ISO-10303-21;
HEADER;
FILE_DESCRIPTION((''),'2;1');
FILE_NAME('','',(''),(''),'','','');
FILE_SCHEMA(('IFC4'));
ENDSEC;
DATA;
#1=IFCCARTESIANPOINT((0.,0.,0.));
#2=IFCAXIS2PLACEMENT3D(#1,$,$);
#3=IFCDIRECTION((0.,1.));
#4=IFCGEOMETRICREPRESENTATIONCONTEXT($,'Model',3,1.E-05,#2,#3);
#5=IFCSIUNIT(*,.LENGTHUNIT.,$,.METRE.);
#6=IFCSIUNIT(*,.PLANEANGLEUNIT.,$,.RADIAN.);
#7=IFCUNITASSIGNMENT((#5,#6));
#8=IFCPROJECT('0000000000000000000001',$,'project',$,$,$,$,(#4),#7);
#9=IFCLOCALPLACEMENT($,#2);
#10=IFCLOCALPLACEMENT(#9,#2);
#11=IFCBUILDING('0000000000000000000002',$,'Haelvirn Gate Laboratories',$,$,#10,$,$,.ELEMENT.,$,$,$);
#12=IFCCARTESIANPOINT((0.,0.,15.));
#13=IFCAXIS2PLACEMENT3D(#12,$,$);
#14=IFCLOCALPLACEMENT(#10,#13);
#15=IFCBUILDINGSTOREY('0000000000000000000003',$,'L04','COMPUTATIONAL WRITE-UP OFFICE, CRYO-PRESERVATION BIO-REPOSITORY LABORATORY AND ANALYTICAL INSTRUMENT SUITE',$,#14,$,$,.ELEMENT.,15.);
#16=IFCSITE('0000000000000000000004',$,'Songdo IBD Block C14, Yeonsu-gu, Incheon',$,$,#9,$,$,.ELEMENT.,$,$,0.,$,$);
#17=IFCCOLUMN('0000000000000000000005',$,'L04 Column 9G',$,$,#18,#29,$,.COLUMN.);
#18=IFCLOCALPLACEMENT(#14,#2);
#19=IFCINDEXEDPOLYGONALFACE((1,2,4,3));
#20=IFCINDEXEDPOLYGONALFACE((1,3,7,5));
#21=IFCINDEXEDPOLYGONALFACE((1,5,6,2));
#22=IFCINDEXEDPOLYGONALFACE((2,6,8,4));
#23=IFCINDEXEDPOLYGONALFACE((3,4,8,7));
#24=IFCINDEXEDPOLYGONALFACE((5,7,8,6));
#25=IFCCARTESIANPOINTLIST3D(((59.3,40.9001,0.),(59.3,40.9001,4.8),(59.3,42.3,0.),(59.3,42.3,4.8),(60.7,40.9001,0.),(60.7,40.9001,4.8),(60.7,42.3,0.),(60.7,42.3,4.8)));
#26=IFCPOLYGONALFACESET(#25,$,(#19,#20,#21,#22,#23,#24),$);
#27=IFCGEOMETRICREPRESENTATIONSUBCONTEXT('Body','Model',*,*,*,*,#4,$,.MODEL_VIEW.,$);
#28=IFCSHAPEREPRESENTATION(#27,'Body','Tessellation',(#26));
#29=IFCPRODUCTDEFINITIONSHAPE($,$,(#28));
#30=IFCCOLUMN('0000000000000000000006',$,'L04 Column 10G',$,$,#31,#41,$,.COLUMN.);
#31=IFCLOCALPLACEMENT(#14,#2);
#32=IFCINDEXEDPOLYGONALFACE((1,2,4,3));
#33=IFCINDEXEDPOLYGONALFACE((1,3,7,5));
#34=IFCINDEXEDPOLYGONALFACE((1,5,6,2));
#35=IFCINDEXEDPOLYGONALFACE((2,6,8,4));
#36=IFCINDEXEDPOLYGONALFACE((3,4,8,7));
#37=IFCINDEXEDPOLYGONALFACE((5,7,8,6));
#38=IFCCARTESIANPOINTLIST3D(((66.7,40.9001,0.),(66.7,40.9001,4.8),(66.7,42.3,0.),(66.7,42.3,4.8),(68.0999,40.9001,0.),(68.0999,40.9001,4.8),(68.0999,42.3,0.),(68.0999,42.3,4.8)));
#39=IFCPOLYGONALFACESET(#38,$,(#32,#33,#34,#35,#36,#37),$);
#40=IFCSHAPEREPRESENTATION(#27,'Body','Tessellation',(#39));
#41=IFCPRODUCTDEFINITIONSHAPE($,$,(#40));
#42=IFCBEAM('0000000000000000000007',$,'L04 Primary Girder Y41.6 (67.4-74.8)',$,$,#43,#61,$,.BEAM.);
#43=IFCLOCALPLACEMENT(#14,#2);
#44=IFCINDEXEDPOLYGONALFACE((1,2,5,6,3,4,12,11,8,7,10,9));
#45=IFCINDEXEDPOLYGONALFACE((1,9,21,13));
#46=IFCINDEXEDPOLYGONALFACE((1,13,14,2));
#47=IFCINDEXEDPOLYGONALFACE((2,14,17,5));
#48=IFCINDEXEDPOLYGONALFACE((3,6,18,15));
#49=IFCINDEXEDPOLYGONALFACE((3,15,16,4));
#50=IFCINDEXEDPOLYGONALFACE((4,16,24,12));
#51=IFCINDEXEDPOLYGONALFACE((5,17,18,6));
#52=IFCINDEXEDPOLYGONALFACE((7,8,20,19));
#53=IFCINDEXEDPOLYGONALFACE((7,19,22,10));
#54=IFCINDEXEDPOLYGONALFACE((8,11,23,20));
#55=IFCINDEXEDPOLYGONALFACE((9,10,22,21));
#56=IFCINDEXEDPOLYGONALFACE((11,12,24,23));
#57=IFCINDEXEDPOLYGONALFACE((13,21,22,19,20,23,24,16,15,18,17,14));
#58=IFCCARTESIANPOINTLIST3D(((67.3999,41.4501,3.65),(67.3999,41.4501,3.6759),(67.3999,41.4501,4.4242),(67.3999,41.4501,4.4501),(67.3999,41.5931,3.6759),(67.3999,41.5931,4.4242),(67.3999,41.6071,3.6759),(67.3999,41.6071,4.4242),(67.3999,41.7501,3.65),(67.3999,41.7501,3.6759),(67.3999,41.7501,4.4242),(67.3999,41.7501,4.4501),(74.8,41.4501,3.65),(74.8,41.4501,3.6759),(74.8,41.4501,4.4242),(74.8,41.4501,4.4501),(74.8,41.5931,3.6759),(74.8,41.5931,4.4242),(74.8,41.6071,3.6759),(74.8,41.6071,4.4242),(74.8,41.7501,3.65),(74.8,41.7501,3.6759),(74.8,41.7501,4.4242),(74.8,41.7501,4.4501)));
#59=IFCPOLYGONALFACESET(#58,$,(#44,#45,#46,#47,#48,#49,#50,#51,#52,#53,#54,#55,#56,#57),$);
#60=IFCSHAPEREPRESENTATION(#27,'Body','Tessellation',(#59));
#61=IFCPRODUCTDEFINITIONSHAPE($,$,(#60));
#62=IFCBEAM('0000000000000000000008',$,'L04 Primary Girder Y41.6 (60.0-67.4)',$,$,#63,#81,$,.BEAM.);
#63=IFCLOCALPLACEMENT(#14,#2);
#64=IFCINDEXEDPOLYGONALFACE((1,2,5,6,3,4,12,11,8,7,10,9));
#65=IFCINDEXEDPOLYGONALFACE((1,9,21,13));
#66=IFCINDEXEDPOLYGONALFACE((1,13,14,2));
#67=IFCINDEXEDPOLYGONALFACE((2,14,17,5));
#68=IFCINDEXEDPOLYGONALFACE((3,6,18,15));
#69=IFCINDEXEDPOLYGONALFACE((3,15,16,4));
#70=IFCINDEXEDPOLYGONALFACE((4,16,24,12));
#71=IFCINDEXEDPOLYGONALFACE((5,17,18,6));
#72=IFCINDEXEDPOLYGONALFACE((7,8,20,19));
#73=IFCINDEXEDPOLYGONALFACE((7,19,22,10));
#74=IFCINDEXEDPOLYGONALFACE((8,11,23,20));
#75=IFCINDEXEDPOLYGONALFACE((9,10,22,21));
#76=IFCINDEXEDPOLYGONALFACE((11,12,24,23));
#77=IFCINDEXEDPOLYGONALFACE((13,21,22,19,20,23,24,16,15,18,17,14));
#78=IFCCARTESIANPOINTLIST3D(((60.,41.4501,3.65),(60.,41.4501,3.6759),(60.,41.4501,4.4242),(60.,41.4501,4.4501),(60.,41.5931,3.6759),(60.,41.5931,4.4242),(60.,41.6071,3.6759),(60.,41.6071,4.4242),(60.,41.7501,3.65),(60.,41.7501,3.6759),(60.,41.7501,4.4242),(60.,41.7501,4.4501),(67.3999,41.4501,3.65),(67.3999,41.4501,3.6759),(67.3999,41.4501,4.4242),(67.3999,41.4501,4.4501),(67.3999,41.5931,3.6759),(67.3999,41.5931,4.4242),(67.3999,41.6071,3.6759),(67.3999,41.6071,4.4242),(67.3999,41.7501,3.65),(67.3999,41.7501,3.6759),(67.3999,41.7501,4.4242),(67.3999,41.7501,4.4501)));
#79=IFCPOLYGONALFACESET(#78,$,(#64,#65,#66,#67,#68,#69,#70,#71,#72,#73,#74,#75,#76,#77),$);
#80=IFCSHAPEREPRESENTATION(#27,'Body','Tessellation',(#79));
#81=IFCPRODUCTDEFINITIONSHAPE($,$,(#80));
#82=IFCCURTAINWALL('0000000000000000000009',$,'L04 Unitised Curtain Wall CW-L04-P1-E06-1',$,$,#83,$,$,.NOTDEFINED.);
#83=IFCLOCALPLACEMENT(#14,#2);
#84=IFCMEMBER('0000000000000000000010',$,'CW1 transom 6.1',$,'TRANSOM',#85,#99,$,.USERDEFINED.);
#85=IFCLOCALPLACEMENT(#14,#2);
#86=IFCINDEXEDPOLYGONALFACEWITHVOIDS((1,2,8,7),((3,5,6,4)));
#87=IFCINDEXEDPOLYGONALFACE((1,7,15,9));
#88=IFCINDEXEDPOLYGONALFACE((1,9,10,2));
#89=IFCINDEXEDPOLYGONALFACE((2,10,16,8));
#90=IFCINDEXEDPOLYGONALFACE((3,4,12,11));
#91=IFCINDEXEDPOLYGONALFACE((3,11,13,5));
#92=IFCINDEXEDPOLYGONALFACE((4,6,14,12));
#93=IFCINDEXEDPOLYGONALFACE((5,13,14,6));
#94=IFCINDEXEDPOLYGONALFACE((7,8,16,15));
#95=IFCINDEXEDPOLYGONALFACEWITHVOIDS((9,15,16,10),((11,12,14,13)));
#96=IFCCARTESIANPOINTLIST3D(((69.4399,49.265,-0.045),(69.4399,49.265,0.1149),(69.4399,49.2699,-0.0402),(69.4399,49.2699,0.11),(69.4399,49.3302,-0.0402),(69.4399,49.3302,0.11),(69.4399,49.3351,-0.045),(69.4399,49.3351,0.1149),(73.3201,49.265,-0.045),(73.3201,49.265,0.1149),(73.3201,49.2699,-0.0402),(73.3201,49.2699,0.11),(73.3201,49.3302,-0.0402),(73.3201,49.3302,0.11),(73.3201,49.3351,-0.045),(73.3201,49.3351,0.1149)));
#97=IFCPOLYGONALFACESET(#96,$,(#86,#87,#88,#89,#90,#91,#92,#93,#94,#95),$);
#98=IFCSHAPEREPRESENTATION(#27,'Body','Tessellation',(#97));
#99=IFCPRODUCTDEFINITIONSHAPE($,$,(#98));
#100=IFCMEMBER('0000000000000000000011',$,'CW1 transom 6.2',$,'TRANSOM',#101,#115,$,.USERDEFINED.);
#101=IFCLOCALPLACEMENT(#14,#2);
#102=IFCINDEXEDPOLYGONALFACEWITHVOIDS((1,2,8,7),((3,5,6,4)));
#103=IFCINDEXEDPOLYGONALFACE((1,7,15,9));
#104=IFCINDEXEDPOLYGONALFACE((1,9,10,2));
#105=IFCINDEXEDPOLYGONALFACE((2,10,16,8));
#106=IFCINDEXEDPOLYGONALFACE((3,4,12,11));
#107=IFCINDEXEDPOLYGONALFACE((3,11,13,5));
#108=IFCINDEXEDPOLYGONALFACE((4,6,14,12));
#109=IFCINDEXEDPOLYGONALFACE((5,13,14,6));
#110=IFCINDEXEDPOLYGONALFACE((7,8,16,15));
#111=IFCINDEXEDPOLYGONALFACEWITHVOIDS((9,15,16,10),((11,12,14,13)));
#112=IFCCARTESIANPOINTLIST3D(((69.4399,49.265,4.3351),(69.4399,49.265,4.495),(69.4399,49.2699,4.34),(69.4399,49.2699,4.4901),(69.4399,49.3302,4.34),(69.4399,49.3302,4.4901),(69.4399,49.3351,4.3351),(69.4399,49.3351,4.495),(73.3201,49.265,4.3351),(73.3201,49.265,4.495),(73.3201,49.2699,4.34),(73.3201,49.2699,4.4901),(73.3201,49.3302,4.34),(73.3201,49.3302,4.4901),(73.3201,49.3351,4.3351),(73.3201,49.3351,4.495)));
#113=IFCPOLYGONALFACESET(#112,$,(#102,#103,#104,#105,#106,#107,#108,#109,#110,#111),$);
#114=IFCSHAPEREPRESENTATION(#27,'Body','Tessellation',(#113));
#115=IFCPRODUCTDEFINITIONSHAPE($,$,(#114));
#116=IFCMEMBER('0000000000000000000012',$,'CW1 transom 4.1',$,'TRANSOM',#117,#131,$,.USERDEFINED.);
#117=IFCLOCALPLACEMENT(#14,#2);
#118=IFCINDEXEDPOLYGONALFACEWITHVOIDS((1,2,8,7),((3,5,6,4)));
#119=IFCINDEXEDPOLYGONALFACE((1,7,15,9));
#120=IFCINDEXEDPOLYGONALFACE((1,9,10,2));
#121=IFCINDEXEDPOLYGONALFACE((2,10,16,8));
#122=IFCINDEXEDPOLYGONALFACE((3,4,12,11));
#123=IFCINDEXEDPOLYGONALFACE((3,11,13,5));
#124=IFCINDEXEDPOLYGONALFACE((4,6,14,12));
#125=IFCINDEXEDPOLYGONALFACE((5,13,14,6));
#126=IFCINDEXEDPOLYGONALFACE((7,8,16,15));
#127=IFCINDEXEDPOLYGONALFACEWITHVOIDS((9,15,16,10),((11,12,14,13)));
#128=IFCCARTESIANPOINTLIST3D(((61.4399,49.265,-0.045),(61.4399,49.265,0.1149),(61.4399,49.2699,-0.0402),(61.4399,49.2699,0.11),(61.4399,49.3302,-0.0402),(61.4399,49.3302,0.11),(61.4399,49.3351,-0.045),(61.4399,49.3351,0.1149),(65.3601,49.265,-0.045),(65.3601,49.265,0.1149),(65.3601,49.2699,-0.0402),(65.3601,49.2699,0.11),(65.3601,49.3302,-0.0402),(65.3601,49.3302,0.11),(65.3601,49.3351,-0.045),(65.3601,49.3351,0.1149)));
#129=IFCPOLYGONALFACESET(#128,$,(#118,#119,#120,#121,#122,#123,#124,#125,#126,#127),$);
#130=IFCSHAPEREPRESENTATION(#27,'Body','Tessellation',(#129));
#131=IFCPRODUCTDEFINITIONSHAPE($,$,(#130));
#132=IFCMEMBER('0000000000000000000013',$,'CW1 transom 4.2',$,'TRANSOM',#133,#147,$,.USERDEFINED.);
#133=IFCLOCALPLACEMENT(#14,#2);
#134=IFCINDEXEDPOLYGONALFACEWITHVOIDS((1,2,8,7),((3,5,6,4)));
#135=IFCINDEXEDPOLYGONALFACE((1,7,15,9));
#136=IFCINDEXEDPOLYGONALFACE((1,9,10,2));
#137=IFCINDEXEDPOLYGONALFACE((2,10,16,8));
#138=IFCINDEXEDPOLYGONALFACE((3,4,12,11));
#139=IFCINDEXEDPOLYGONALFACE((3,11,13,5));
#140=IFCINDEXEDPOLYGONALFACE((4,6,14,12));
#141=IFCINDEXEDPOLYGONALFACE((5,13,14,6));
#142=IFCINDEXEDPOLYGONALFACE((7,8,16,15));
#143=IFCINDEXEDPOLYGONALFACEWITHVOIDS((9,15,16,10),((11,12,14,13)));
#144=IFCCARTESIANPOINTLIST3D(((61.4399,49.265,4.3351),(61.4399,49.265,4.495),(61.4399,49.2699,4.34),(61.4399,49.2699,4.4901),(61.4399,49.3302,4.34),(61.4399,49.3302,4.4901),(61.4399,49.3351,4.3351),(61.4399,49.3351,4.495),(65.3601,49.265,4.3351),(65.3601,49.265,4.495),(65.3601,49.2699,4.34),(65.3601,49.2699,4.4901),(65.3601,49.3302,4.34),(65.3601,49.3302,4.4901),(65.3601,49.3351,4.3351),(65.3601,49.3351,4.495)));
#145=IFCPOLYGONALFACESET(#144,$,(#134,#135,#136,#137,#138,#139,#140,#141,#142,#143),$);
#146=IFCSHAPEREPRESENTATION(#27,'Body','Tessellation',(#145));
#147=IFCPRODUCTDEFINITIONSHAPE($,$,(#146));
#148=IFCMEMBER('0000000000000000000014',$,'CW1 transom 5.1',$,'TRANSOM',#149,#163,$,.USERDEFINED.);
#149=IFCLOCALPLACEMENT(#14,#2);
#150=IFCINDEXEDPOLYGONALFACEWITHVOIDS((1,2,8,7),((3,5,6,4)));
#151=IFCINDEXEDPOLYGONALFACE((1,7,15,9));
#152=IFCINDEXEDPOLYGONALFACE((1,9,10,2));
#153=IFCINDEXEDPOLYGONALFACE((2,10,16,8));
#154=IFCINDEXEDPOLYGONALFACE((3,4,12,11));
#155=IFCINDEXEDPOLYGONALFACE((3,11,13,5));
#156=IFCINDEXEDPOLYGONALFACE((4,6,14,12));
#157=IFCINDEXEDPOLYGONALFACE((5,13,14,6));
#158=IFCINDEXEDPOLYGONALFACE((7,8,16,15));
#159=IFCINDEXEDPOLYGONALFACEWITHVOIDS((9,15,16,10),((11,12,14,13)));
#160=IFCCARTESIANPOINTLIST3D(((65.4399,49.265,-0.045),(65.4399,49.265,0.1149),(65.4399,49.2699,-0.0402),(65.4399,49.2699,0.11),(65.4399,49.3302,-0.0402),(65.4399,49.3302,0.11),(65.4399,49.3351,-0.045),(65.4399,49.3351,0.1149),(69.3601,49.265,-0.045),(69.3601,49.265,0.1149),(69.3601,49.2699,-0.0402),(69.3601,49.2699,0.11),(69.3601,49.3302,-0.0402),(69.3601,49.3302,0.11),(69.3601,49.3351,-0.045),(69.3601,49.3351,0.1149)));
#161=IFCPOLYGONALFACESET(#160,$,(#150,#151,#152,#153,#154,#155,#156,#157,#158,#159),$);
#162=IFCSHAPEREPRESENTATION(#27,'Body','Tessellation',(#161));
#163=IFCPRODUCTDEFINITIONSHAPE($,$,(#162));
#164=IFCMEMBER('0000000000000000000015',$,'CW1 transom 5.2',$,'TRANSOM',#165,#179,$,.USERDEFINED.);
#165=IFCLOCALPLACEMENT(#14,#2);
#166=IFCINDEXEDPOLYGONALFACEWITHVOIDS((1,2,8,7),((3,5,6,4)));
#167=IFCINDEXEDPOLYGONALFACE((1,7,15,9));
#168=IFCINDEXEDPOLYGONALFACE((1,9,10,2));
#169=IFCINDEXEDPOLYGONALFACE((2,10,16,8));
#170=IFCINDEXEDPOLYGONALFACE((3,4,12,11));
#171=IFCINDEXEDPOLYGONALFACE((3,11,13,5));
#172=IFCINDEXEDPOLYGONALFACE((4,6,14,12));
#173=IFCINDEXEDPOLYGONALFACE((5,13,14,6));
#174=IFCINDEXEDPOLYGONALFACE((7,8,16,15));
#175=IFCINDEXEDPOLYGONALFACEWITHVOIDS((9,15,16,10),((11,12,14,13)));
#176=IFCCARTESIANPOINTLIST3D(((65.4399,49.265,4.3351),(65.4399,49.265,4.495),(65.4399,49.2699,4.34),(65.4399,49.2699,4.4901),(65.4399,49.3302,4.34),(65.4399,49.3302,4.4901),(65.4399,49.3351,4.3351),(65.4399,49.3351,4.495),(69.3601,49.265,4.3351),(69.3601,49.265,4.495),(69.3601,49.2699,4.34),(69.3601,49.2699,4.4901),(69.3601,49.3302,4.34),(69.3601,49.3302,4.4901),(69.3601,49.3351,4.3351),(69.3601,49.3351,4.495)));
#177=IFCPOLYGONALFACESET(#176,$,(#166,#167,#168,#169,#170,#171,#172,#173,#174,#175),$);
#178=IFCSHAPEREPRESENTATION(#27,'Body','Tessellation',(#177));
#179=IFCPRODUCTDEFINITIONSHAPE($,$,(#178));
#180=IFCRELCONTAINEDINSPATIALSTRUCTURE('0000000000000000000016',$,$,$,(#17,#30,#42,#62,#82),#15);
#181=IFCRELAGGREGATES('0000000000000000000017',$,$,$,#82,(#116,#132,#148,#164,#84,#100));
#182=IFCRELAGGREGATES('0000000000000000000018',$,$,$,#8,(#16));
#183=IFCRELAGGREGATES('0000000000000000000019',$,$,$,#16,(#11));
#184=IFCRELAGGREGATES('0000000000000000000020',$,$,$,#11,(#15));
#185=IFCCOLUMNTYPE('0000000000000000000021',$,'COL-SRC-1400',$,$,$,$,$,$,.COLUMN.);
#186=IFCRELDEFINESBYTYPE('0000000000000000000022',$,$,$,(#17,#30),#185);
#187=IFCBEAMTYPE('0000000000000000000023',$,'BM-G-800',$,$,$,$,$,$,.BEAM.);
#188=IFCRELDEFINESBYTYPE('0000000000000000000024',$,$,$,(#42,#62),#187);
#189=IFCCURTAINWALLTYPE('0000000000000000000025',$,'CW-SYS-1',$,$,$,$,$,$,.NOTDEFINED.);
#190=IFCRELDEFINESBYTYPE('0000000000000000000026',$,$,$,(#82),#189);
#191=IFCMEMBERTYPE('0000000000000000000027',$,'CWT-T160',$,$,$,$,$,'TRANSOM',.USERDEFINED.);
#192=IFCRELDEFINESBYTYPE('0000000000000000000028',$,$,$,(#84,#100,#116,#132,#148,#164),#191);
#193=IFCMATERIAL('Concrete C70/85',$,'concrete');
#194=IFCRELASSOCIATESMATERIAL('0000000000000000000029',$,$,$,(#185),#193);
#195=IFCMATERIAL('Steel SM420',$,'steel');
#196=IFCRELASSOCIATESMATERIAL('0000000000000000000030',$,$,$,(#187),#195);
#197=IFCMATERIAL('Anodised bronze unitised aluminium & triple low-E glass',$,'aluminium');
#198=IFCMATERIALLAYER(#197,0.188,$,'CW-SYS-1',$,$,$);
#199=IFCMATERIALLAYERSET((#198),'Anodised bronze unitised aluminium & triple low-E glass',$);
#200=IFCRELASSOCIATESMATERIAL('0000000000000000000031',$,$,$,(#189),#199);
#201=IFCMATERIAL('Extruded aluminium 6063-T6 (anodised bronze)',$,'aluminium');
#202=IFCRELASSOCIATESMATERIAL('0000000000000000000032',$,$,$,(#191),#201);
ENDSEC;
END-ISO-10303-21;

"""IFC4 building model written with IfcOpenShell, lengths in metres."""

from ifc_helpers import new_model, si_unit, direction, frame, origin, origin_2d, place, context, subcontext, project, spatial, rectangle, hollow_rectangle, i_section, extrude, source, transform, mapped, material, layer, layer_set, material_profile, profile_set, type_object, type_shapes, element, aggregate, save


model = new_model("IFC4")

# Units and contexts
model_context = context("Model", 3, precision=1e-05, world=origin(), true_north=direction((0.0, 1.0)))
body_context = subcontext(model_context, "Body", "Model", "MODEL_VIEW")
ifc_project = project(units=[si_unit("LENGTHUNIT", "METRE"), si_unit("PLANEANGLEUNIT", "RADIAN")], contexts=[model_context])

# Site, building, storey
site_placement = place(None, origin())
site = spatial("IfcSite", under=ifc_project, at=site_placement, Name="Songdo IBD Block C14, Yeonsu-gu, Incheon", CompositionType="ELEMENT", RefElevation=0.0)
building_placement = place(site_placement, origin())
building = spatial("IfcBuilding", under=site, at=building_placement, Name="Haelvirn Gate Laboratories", CompositionType="ELEMENT")
storey_placement = place(building_placement, frame((0.0, 0.0, 15.0)))
storey = spatial("IfcBuildingStorey", under=building, at=storey_placement, Name="L04", Description="COMPUTATIONAL WRITE-UP OFFICE, CRYO-PRESERVATION BIO-REPOSITORY LABORATORY AND ANALYTICAL INSTRUMENT SUITE", CompositionType="ELEMENT", Elevation=15.0)

# Columns
ifc_material_1 = material(Name="Concrete C70/85", Category="concrete")
ifc_material_profile_1 = material_profile(ifc_material_1, rectangle(XDim=1.3999, YDim=1.3999, at=origin_2d()), Name="SRC-1400x1400")
ifc_profile_set_1 = profile_set([ifc_material_profile_1], Name="Concrete C70/85")
column_type = type_object("IfcColumnType", Name="COL-SRC-1400", PredefinedType="COLUMN", material=ifc_profile_set_1)
shared_shape_1 = source(origin(), body_context, "Body", "SweptSolid", [
    extrude(rectangle(XDim=1.3999, YDim=1.3999, at=origin_2d()), origin(), (0.0, 0.0, 1.0), 4.8),
])
type_shapes(column_type, [shared_shape_1])
for number, where, z_axis, x_axis, name in (
    (1, (60.0, 41.6001, 0.0), (0.0, 0.0, 1.0), (1.0, 0.0, 0.0), "L04 Column 9G"),
    (2, (67.3999, 41.6001, 0.0), (0.0, 0.0, 1.0), (1.0, 0.0, 0.0), "L04 Column 10G"),
):
    element("IfcColumn", number, at=place(storey_placement, frame(where, z_axis=z_axis, x_axis=x_axis)), inside=storey, type_object=column_type, Name=name, PredefinedType="COLUMN", context=body_context, shape_type="MappedRepresentation", body=[
        mapped(shared_shape_1, transform((0.0, 0.0, 0.0), scale=1.0)),
    ])

# Beams
ifc_material_2 = material(Name="Steel SM420", Category="steel")
ifc_material_profile_2 = material_profile(ifc_material_2, i_section(OverallWidth=0.3, OverallDepth=0.8, WebThickness=0.0139, FlangeThickness=0.0259, at=origin_2d()), Name="H-800x300x14x26")
ifc_profile_set_2 = profile_set([ifc_material_profile_2], Name="Steel SM420")
beam_type = type_object("IfcBeamType", Name="BM-G-800", PredefinedType="BEAM", material=ifc_profile_set_2)
shared_shape_2 = source(origin(), body_context, "Body", "SweptSolid", [
    extrude(i_section(OverallWidth=0.3, OverallDepth=0.8, WebThickness=0.0139, FlangeThickness=0.0259, at=origin_2d()), origin(), (0.0, 0.0, 1.0), 7.4001),
])
beam_1_placement = place(storey_placement, frame((67.3999, 41.6001, 4.05), z_axis=(1.0, 0.0, 0.0), x_axis=(0.0, 1.0, 0.0)))
element("IfcBeam", 3, at=beam_1_placement, inside=storey, type_object=beam_type, Name="L04 Primary Girder Y41.6 (67.4-74.8)", PredefinedType="BEAM", context=body_context, shape_type="MappedRepresentation", body=[
    mapped(shared_shape_2, transform((0.0, 0.0, 0.0), scale=1.0)),
])
shared_shape_3 = source(origin(), body_context, "Body", "SweptSolid", [
    extrude(i_section(OverallWidth=0.3, OverallDepth=0.8, WebThickness=0.0139, FlangeThickness=0.0259, at=origin_2d()), origin(), (0.0, 0.0, 1.0), 7.3999),
])
type_shapes(beam_type, [shared_shape_2, shared_shape_3])
beam_2_placement = place(storey_placement, frame((60.0, 41.6001, 4.05), z_axis=(1.0, 0.0, 0.0), x_axis=(0.0, 1.0, 0.0)))
element("IfcBeam", 4, at=beam_2_placement, inside=storey, type_object=beam_type, Name="L04 Primary Girder Y41.6 (60.0-67.4)", PredefinedType="BEAM", context=body_context, shape_type="MappedRepresentation", body=[
    mapped(shared_shape_3, transform((0.0, 0.0, 0.0), scale=1.0)),
])

# Curtain wall, members
ifc_material_3 = material(Name="Anodised bronze unitised aluminium & triple low-E glass", Category="aluminium")
ifc_layer_1 = layer(ifc_material_3, 0.188, Name="CW-SYS-1")
ifc_layer_set_1 = layer_set([ifc_layer_1], Name="Anodised bronze unitised aluminium & triple low-E glass")
curtain_wall_type = type_object("IfcCurtainWallType", Name="CW-SYS-1", PredefinedType="NOTDEFINED", material=ifc_layer_set_1)
curtain_wall_placement = place(storey_placement, origin())
curtain_wall = element("IfcCurtainWall", 5, at=curtain_wall_placement, inside=storey, type_object=curtain_wall_type, Name="L04 Unitised Curtain Wall CW-L04-P1-E06-1", PredefinedType="NOTDEFINED")
ifc_material_4 = material(Name="Extruded aluminium 6063-T6 (anodised bronze)", Category="aluminium")
ifc_material_profile_3 = material_profile(ifc_material_4, hollow_rectangle(XDim=0.0701, YDim=0.1599, WallThickness=0.0049, at=origin_2d()), Name="CWT-160x70x5")
ifc_profile_set_3 = profile_set([ifc_material_profile_3], Name="Extruded aluminium 6063-T6 (anodised bronze)")
member_type_1 = type_object("IfcMemberType", Name="CWT-T160", ElementType="TRANSOM", PredefinedType="USERDEFINED", material=ifc_profile_set_3)
shared_shape_4 = source(origin(), body_context, "Body", "SweptSolid", [
    extrude(hollow_rectangle(XDim=0.0701, YDim=0.1599, WallThickness=0.0049, at=origin_2d()), origin(), (0.0, 0.0, 1.0), 3.8801),
])
member_1_placement = place(storey_placement, frame((69.4399, 49.3, 0.0349), z_axis=(1.0, 0.0, 0.0), x_axis=(0.0, 1.0, 0.0)))
member_1 = element("IfcMember", 6, at=member_1_placement, type_object=member_type_1, Name="CW1 transom 6.1", ObjectType="TRANSOM", PredefinedType="USERDEFINED", context=body_context, shape_type="MappedRepresentation", body=[
    mapped(shared_shape_4, transform((0.0, 0.0, 0.0), scale=1.0)),
])
member_2_placement = place(storey_placement, frame((69.4399, 49.3, 4.415), z_axis=(1.0, 0.0, 0.0), x_axis=(0.0, 1.0, 0.0)))
member_2 = element("IfcMember", 7, at=member_2_placement, type_object=member_type_1, Name="CW1 transom 6.2", ObjectType="TRANSOM", PredefinedType="USERDEFINED", context=body_context, shape_type="MappedRepresentation", body=[
    mapped(shared_shape_4, transform((0.0, 0.0, 0.0), scale=1.0)),
])
shared_shape_5 = source(origin(), body_context, "Body", "SweptSolid", [
    extrude(hollow_rectangle(XDim=0.0701, YDim=0.1599, WallThickness=0.0049, at=origin_2d()), origin(), (0.0, 0.0, 1.0), 3.9202),
])
type_shapes(member_type_1, [shared_shape_4, shared_shape_5])
member_3_placement = place(storey_placement, frame((61.4399, 49.3, 0.0349), z_axis=(1.0, 0.0, 0.0), x_axis=(0.0, 1.0, 0.0)))
member_3 = element("IfcMember", 8, at=member_3_placement, type_object=member_type_1, Name="CW1 transom 4.1", ObjectType="TRANSOM", PredefinedType="USERDEFINED", context=body_context, shape_type="MappedRepresentation", body=[
    mapped(shared_shape_5, transform((0.0, 0.0, 0.0), scale=1.0)),
])
member_4_placement = place(storey_placement, frame((61.4399, 49.3, 4.415), z_axis=(1.0, 0.0, 0.0), x_axis=(0.0, 1.0, 0.0)))
member_4 = element("IfcMember", 9, at=member_4_placement, type_object=member_type_1, Name="CW1 transom 4.2", ObjectType="TRANSOM", PredefinedType="USERDEFINED", context=body_context, shape_type="MappedRepresentation", body=[
    mapped(shared_shape_5, transform((0.0, 0.0, 0.0), scale=1.0)),
])
member_5_placement = place(storey_placement, frame((65.4399, 49.3, 0.0349), z_axis=(1.0, 0.0, 0.0), x_axis=(0.0, 1.0, 0.0)))
member_5 = element("IfcMember", 10, at=member_5_placement, type_object=member_type_1, Name="CW1 transom 5.1", ObjectType="TRANSOM", PredefinedType="USERDEFINED", context=body_context, shape_type="MappedRepresentation", body=[
    mapped(shared_shape_5, transform((0.0, 0.0, 0.0), scale=1.0)),
])
member_6_placement = place(storey_placement, frame((65.4399, 49.3, 4.415), z_axis=(1.0, 0.0, 0.0), x_axis=(0.0, 1.0, 0.0)))
member_6 = element("IfcMember", 11, at=member_6_placement, type_object=member_type_1, Name="CW1 transom 5.2", ObjectType="TRANSOM", PredefinedType="USERDEFINED", context=body_context, shape_type="MappedRepresentation", body=[
    mapped(shared_shape_5, transform((0.0, 0.0, 0.0), scale=1.0)),
])
aggregate(curtain_wall, [member_3, member_4, member_5, member_6, member_1, member_2])

save(model, "model.ifc")
